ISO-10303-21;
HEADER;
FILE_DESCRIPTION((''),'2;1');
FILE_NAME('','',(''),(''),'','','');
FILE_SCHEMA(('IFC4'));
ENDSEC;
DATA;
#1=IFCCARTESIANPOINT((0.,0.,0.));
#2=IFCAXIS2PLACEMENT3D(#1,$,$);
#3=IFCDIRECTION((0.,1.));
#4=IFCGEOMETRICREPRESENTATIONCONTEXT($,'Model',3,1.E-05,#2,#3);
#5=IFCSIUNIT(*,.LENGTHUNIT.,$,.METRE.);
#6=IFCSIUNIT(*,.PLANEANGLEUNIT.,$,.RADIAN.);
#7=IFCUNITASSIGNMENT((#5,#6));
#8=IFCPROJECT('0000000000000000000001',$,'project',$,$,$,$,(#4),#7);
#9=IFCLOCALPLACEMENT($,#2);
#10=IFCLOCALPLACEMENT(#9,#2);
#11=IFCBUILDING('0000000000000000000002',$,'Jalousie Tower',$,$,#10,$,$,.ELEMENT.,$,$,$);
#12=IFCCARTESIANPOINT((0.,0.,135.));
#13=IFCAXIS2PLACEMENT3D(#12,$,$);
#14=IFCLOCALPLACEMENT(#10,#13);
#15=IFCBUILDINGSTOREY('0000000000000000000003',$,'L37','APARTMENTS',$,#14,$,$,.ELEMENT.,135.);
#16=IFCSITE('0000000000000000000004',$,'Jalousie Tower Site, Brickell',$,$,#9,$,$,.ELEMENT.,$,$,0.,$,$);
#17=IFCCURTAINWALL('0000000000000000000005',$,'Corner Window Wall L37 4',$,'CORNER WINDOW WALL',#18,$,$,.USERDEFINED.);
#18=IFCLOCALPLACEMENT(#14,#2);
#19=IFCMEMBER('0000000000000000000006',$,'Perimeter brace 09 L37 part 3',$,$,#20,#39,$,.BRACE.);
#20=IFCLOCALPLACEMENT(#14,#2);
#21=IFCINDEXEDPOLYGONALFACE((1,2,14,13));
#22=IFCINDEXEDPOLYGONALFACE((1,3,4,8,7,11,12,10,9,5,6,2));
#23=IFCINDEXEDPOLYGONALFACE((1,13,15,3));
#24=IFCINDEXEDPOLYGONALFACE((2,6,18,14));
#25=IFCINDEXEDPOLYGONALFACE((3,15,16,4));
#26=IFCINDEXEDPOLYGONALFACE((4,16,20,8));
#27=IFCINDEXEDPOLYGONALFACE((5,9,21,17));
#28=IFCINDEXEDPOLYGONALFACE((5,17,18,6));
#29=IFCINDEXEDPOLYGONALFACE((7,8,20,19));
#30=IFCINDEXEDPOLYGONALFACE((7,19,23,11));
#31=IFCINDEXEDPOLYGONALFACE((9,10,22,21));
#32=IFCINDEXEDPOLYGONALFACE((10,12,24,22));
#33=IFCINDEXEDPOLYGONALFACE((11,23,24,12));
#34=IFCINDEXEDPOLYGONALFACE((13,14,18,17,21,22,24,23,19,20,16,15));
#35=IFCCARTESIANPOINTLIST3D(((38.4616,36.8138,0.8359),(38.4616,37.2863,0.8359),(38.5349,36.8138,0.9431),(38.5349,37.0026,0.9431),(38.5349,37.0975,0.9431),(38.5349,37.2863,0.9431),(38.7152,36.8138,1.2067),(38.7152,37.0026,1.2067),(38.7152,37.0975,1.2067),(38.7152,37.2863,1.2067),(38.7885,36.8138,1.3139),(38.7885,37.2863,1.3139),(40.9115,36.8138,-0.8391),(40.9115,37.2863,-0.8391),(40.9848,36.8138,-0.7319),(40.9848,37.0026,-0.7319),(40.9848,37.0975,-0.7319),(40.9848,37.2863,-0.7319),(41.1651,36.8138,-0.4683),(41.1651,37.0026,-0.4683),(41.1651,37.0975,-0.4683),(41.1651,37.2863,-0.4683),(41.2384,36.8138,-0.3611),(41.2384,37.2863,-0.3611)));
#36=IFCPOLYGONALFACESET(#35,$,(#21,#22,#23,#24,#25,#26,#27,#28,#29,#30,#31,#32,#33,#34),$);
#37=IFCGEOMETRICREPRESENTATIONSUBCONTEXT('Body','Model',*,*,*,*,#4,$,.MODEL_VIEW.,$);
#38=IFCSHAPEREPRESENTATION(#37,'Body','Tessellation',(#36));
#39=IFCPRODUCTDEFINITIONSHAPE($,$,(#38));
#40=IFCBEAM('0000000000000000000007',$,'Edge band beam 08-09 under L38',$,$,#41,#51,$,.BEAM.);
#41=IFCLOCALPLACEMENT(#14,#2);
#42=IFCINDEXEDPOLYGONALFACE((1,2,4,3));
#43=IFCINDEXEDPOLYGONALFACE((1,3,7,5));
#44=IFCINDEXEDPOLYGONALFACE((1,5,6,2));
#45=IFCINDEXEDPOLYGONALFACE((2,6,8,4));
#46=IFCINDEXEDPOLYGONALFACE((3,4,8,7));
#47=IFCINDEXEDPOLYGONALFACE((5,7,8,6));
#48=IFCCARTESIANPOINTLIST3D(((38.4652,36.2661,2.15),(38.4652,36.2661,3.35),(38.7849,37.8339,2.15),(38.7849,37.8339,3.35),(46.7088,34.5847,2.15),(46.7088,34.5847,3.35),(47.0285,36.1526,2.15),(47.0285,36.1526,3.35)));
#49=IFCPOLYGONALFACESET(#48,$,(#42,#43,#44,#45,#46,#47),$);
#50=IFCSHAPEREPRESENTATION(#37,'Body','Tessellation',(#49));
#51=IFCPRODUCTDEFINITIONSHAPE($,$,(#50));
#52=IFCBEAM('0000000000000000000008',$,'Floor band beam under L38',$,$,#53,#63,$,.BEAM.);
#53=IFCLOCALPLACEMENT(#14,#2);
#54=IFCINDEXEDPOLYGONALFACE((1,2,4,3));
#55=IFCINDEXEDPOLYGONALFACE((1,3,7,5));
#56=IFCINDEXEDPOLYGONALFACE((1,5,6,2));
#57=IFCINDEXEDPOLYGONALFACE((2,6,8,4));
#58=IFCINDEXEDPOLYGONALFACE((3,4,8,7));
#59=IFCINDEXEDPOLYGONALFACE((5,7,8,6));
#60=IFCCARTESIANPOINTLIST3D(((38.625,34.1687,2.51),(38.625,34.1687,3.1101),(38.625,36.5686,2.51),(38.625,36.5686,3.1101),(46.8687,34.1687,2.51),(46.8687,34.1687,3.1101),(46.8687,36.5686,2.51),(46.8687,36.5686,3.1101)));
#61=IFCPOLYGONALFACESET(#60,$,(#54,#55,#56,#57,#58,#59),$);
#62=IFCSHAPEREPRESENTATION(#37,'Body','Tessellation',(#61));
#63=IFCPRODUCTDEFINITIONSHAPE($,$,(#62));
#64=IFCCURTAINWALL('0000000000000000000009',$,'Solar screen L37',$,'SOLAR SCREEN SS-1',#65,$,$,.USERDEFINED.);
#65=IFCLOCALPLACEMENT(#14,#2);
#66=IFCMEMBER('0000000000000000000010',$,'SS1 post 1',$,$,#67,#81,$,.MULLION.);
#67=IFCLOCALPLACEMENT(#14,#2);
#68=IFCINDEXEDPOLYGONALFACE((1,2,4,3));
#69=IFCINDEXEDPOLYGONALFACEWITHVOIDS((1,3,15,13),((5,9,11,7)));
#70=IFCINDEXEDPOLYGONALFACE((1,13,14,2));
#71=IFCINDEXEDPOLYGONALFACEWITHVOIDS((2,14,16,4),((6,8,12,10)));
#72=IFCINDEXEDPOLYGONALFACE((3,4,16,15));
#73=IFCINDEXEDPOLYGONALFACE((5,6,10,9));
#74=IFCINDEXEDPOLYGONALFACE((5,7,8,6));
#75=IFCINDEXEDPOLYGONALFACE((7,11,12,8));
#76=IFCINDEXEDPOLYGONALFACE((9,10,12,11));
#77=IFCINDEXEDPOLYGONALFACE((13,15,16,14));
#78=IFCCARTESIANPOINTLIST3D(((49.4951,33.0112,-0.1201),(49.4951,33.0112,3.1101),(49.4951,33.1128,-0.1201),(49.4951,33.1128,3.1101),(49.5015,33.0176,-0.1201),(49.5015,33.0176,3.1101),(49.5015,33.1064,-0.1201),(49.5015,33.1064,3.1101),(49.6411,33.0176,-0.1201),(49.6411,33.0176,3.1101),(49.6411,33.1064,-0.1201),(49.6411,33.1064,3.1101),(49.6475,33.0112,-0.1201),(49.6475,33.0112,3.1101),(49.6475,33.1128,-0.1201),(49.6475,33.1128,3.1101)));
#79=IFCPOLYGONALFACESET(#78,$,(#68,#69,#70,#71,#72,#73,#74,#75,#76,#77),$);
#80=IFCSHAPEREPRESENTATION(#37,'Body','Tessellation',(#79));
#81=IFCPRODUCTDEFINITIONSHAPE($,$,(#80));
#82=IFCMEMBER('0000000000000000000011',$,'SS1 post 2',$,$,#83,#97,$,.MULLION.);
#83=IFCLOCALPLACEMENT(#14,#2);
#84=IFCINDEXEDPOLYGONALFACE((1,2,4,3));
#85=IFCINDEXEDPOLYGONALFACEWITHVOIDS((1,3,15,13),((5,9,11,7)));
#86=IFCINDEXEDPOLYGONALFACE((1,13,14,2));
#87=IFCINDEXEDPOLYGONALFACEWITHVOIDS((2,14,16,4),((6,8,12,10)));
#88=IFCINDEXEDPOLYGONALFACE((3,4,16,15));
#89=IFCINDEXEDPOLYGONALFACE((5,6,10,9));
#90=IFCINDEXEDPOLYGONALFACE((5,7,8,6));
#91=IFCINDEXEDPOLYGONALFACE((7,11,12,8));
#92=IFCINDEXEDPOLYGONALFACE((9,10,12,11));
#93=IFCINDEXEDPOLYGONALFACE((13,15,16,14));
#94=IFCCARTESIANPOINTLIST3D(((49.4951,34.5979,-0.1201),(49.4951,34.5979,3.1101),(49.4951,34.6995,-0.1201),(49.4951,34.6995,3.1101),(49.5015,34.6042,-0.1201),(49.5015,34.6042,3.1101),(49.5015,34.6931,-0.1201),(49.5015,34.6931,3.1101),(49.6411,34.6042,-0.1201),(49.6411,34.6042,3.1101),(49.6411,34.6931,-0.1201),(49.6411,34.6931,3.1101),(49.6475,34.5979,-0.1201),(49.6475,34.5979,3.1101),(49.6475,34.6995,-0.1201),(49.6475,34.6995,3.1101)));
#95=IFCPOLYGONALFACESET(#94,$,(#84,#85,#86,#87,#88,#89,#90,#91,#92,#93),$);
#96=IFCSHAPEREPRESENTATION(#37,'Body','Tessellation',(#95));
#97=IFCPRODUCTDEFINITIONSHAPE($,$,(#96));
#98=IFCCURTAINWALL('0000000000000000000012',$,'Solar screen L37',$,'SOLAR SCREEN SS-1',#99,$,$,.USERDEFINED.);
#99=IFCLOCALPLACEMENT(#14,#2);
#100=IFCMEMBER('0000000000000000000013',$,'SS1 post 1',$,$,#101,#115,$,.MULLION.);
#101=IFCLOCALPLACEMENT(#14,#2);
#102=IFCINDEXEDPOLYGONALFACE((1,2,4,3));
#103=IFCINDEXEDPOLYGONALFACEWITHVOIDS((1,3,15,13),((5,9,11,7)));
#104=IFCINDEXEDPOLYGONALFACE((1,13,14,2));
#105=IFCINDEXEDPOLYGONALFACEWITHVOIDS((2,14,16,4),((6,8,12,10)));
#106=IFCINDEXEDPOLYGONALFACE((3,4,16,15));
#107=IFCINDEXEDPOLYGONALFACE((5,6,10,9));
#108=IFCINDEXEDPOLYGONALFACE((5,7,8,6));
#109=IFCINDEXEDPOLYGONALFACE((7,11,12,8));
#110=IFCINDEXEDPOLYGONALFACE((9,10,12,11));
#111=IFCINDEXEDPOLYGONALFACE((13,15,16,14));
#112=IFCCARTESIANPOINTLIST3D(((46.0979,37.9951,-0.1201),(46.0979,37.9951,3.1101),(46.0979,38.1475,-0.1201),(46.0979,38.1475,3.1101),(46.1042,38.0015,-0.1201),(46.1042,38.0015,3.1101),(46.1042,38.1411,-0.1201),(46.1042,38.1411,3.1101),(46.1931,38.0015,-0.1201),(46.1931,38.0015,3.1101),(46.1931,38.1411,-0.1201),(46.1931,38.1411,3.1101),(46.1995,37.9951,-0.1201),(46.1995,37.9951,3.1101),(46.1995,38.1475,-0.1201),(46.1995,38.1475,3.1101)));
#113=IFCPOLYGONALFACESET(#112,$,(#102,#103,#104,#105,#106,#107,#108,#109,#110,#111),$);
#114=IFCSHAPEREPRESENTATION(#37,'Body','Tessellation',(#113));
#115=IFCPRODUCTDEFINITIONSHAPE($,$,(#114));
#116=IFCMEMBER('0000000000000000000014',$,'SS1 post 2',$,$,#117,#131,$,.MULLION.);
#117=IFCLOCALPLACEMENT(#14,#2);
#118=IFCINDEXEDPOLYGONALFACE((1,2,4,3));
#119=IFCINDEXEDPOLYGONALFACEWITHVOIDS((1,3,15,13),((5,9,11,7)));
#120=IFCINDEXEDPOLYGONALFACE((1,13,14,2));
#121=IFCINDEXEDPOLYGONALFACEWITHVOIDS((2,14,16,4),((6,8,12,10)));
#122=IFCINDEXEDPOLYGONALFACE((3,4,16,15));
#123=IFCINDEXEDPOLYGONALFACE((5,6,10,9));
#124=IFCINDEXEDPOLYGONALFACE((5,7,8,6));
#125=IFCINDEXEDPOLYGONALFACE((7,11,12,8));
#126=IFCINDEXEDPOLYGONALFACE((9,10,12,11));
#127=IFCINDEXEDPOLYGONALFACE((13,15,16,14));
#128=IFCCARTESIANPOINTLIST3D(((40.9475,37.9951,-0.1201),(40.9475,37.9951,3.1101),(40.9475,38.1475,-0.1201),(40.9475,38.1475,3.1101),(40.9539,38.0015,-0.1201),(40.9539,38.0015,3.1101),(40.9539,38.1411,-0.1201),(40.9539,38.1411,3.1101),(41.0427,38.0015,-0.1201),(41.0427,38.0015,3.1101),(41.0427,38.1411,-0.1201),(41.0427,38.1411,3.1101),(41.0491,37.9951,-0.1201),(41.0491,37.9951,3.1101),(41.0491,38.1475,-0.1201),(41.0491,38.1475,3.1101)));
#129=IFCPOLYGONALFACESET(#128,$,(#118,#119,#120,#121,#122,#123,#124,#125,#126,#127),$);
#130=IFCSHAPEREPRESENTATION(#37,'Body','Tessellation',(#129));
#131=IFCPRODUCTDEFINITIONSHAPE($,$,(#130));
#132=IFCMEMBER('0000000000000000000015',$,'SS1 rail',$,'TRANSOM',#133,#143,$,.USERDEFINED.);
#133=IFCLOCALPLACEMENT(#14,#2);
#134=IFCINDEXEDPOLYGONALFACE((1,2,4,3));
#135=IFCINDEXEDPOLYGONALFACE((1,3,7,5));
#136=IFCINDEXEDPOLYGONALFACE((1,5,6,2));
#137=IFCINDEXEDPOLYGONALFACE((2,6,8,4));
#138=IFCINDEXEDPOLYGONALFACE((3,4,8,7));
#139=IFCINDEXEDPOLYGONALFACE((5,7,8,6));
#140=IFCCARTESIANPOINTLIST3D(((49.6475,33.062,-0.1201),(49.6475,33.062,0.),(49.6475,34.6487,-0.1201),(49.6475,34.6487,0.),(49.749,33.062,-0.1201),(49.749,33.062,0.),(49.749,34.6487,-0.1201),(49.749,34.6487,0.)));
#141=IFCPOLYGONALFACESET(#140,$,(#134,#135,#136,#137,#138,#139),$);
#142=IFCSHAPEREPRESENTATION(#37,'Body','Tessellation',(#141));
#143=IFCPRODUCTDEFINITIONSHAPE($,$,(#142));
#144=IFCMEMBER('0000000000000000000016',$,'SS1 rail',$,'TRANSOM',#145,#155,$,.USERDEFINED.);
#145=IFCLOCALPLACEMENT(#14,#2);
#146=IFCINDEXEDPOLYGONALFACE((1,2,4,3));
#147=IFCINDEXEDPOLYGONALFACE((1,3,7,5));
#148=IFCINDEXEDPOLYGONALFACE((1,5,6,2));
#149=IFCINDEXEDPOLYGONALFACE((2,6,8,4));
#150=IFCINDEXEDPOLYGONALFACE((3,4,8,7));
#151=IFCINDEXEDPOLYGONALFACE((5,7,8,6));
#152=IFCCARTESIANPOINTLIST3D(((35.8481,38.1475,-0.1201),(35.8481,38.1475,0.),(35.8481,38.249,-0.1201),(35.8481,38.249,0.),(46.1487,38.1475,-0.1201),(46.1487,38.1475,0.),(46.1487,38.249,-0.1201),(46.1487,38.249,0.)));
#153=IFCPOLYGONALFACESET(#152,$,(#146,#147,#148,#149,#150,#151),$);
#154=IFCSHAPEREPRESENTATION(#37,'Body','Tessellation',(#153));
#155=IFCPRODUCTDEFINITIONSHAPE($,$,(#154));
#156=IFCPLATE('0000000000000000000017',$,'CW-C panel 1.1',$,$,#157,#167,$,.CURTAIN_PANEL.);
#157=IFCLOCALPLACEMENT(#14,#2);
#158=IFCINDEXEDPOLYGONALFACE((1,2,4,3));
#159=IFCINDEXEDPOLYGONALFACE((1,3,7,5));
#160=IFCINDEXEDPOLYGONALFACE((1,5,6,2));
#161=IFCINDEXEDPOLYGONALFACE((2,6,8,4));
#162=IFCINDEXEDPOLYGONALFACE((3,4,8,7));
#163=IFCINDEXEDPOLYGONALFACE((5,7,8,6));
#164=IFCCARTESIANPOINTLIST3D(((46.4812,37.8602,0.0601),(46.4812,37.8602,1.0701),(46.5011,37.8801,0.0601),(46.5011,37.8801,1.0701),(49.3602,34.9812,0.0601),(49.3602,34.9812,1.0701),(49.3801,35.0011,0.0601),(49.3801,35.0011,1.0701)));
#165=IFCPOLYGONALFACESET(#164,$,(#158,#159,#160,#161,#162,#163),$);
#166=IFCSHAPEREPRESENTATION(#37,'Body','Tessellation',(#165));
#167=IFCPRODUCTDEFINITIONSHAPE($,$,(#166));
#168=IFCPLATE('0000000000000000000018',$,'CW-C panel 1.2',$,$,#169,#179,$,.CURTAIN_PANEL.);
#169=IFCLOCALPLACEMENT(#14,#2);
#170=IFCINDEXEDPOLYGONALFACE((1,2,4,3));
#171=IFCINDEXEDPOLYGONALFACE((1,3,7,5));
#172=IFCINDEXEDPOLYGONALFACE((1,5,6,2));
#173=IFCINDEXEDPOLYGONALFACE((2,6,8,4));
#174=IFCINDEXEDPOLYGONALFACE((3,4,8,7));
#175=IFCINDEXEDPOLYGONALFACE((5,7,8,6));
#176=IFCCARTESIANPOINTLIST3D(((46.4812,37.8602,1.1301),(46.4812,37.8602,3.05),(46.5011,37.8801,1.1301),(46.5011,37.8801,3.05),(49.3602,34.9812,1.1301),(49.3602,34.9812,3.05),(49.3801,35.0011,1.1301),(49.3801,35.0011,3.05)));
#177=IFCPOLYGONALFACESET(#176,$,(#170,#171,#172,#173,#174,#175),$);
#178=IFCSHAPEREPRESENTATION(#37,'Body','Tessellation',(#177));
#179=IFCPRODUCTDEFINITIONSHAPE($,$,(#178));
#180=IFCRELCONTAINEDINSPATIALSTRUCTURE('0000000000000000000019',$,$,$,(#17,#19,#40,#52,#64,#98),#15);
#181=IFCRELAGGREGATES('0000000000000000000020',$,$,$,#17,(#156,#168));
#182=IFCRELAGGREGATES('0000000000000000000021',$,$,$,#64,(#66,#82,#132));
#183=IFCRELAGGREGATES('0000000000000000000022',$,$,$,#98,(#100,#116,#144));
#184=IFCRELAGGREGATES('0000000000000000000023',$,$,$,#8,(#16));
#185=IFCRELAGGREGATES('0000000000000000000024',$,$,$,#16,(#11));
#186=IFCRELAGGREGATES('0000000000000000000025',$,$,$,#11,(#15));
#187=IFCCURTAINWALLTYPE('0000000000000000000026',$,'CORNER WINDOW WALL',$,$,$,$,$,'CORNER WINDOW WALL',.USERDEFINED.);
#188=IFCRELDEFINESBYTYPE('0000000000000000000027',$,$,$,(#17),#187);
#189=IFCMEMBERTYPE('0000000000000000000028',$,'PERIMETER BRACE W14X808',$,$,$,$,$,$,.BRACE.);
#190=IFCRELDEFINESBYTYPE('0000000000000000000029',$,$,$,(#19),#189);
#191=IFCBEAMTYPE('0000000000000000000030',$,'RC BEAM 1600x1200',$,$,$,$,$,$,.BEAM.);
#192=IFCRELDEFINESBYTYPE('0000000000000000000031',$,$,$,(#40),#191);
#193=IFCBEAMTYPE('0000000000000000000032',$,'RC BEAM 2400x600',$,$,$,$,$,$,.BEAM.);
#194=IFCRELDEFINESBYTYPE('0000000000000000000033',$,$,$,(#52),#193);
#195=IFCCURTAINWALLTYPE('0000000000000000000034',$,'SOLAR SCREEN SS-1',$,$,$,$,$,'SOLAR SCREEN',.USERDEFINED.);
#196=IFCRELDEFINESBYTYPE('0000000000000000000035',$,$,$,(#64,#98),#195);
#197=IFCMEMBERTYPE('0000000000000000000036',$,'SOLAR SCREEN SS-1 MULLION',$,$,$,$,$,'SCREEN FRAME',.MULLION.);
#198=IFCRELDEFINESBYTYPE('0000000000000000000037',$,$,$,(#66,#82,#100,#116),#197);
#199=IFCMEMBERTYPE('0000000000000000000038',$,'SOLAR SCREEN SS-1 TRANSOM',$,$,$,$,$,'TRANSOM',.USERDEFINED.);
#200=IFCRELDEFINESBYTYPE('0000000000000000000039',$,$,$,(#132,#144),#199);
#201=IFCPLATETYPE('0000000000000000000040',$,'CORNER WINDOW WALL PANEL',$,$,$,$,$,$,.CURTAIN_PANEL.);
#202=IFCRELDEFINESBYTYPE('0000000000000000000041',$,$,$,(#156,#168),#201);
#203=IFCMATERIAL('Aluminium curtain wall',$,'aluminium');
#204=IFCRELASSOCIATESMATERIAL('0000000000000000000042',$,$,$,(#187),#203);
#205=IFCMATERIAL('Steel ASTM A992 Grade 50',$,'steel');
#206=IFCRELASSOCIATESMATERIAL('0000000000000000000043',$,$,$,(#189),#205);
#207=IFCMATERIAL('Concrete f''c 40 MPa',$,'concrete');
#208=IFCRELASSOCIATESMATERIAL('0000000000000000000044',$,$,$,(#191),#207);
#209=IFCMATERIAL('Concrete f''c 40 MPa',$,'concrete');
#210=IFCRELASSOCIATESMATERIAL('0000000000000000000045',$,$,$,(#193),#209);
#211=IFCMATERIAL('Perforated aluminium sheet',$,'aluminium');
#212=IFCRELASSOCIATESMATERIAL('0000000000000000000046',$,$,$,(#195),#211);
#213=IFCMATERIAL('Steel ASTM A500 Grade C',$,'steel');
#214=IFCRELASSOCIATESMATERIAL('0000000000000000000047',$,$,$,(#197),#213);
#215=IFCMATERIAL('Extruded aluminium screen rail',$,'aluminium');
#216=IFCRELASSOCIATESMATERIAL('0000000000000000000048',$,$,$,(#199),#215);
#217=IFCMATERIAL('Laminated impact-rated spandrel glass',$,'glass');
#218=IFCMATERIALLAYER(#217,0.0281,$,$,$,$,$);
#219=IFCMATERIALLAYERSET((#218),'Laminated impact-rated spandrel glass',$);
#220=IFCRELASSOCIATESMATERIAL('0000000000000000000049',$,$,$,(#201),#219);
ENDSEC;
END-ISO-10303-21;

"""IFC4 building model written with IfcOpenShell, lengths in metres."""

from ifc_helpers import new_model, si_unit, direction, frame, origin, origin_2d, place, context, subcontext, project, spatial, rectangle, hollow_rectangle, i_section, extrude, material, layer, layer_set, material_profile, profile_set, type_object, element, aggregate, save


model = new_model("IFC4")

# Units and contexts
model_context = context("Model", 3, precision=1e-05, world=origin(), true_north=direction((0.0, 1.0)))
body_context = subcontext(model_context, "Body", "Model", "MODEL_VIEW")
ifc_project = project(units=[si_unit("LENGTHUNIT", "METRE"), si_unit("PLANEANGLEUNIT", "RADIAN")], contexts=[model_context])

# Site, building, storey
site_placement = place(None, origin())
site = spatial("IfcSite", under=ifc_project, at=site_placement, Name="Jalousie Tower Site, Brickell", CompositionType="ELEMENT", RefElevation=0.0)
building_placement = place(site_placement, origin())
building = spatial("IfcBuilding", under=site, at=building_placement, Name="Jalousie Tower", CompositionType="ELEMENT")
storey_placement = place(building_placement, frame((0.0, 0.0, 135.0)))
storey = spatial("IfcBuildingStorey", under=building, at=storey_placement, Name="L37", Description="APARTMENTS", CompositionType="ELEMENT", Elevation=135.0)

# Curtain wall
ifc_material_1 = material(Name="Aluminium curtain wall", Category="aluminium")
curtain_wall_type_1 = type_object("IfcCurtainWallType", Name="CORNER WINDOW WALL", ElementType="CORNER WINDOW WALL", PredefinedType="USERDEFINED", material=ifc_material_1)
curtain_wall_1_placement = place(storey_placement, origin())
curtain_wall_1 = element("IfcCurtainWall", 1, at=curtain_wall_1_placement, inside=storey, type_object=curtain_wall_type_1, Name="Corner Window Wall L37 4", ObjectType="CORNER WINDOW WALL", PredefinedType="USERDEFINED")

# Member
ifc_material_2 = material(Name="Steel ASTM A992 Grade 50", Category="steel")
ifc_material_profile_1 = material_profile(ifc_material_2, i_section(OverallWidth=0.4724, OverallDepth=0.5791, WebThickness=0.095, FlangeThickness=0.1299, at=origin_2d()), Name="W14X808")
ifc_profile_set_1 = profile_set([ifc_material_profile_1], Name="Steel ASTM A992 Grade 50")
member_type_1 = type_object("IfcMemberType", Name="PERIMETER BRACE W14X808", PredefinedType="BRACE", material=ifc_profile_set_1)
member_1_placement = place(storey_placement, frame((41.075, 37.05, -0.6001), z_axis=(-0.825501, 0.0, 0.564401), x_axis=(0.0, -1.0, 0.0)))
element("IfcMember", 2, at=member_1_placement, inside=storey, type_object=member_type_1, Name="Perimeter brace 09 L37 part 3", PredefinedType="BRACE", context=body_context, shape_type="SweptSolid", body=[
    extrude(i_section(OverallWidth=0.4724, OverallDepth=0.5791, WebThickness=0.095, FlangeThickness=0.1299, at=origin_2d()), origin(), (0.0, 0.0, 1.0), 2.9678),
])

# Beams
ifc_material_3 = material(Name="Concrete f'c 40 MPa", Category="concrete")
ifc_material_profile_2 = material_profile(ifc_material_3, rectangle(XDim=1.6001, YDim=1.2, at=origin_2d()), Name="RC 1600x1200")
ifc_profile_set_2 = profile_set([ifc_material_profile_2], Name="Concrete f'c 40 MPa")
beam_type_1 = type_object("IfcBeamType", Name="RC BEAM 1600x1200", PredefinedType="BEAM", material=ifc_profile_set_2)
beam_1_placement = place(storey_placement, frame((46.8687, 35.3687, 2.75), z_axis=(-0.979827, 0.199848, 0.0), x_axis=(-0.199848, -0.979827, 0.0)))
element("IfcBeam", 3, at=beam_1_placement, inside=storey, type_object=beam_type_1, Name="Edge band beam 08-09 under L38", PredefinedType="BEAM", context=body_context, shape_type="SweptSolid", body=[
    extrude(rectangle(XDim=1.6001, YDim=1.2, at=origin_2d()), origin(), (0.0, 0.0, 1.0), 8.4133),
])
ifc_material_4 = material(Name="Concrete f'c 40 MPa", Category="concrete")
ifc_material_profile_3 = material_profile(ifc_material_4, rectangle(XDim=2.3999, YDim=0.6001, at=origin_2d()), Name="RC 2400x600")
ifc_profile_set_3 = profile_set([ifc_material_profile_3], Name="Concrete f'c 40 MPa")
beam_type_2 = type_object("IfcBeamType", Name="RC BEAM 2400x600", PredefinedType="BEAM", material=ifc_profile_set_3)
beam_2_placement = place(storey_placement, frame((46.8687, 35.3687, 2.8101), z_axis=(-1.0, 0.0, 0.0), x_axis=(0.0, -1.0, 0.0)))
element("IfcBeam", 4, at=beam_2_placement, inside=storey, type_object=beam_type_2, Name="Floor band beam under L38", PredefinedType="BEAM", context=body_context, shape_type="SweptSolid", body=[
    extrude(rectangle(XDim=2.3999, YDim=0.6001, at=origin_2d()), origin(), (0.0, 0.0, 1.0), 8.2437),
])

# Curtain walls, members
ifc_material_5 = material(Name="Perforated aluminium sheet", Category="aluminium")
curtain_wall_type_2 = type_object("IfcCurtainWallType", Name="SOLAR SCREEN SS-1", ElementType="SOLAR SCREEN", PredefinedType="USERDEFINED", material=ifc_material_5)
curtain_wall_2_placement = place(storey_placement, origin())
curtain_wall_2 = element("IfcCurtainWall", 5, at=curtain_wall_2_placement, inside=storey, type_object=curtain_wall_type_2, Name="Solar screen L37", ObjectType="SOLAR SCREEN SS-1", PredefinedType="USERDEFINED")
ifc_material_6 = material(Name="Steel ASTM A500 Grade C", Category="steel")
ifc_material_profile_4 = material_profile(ifc_material_6, hollow_rectangle(XDim=0.1016, YDim=0.1523, WallThickness=0.0063, at=origin_2d()), Name="HSS6X4X1/4")
ifc_profile_set_4 = profile_set([ifc_material_profile_4], Name="Steel ASTM A500 Grade C")
member_type_2 = type_object("IfcMemberType", Name="SOLAR SCREEN SS-1 MULLION", ElementType="SCREEN FRAME", PredefinedType="MULLION", material=ifc_profile_set_4)
member_2_placement = place(storey_placement, frame((49.5713, 33.062, -0.1201), z_axis=(0.0, 0.0, 1.0), x_axis=(0.0, 1.0, 0.0)))
member_2 = element("IfcMember", 6, at=member_2_placement, type_object=member_type_2, Name="SS1 post 1", PredefinedType="MULLION", context=body_context, shape_type="SweptSolid", body=[
    extrude(hollow_rectangle(XDim=0.1016, YDim=0.1523, WallThickness=0.0063, at=origin_2d()), origin(), (0.0, 0.0, 1.0), 3.2302),
])
member_3_placement = place(storey_placement, frame((49.5713, 34.6487, -0.1201), z_axis=(0.0, 0.0, 1.0), x_axis=(0.0, 1.0, 0.0)))
member_3 = element("IfcMember", 7, at=member_3_placement, type_object=member_type_2, Name="SS1 post 2", PredefinedType="MULLION", context=body_context, shape_type="SweptSolid", body=[
    extrude(hollow_rectangle(XDim=0.1016, YDim=0.1523, WallThickness=0.0063, at=origin_2d()), origin(), (0.0, 0.0, 1.0), 3.2302),
])
curtain_wall_3_placement = place(storey_placement, origin())
curtain_wall_3 = element("IfcCurtainWall", 8, at=curtain_wall_3_placement, inside=storey, type_object=curtain_wall_type_2, Name="Solar screen L37", ObjectType="SOLAR SCREEN SS-1", PredefinedType="USERDEFINED")
member_4_placement = place(storey_placement, frame((46.1487, 38.0713, -0.1201), z_axis=(0.0, 0.0, 1.0), x_axis=(-1.0, 0.0, 0.0)))
member_4 = element("IfcMember", 9, at=member_4_placement, type_object=member_type_2, Name="SS1 post 1", PredefinedType="MULLION", context=body_context, shape_type="SweptSolid", body=[
    extrude(hollow_rectangle(XDim=0.1016, YDim=0.1523, WallThickness=0.0063, at=origin_2d()), origin(), (0.0, 0.0, 1.0), 3.2302),
])
member_5_placement = place(storey_placement, frame((40.9983, 38.0713, -0.1201), z_axis=(0.0, 0.0, 1.0), x_axis=(-1.0, 0.0, 0.0)))
member_5 = element("IfcMember", 10, at=member_5_placement, type_object=member_type_2, Name="SS1 post 2", PredefinedType="MULLION", context=body_context, shape_type="SweptSolid", body=[
    extrude(hollow_rectangle(XDim=0.1016, YDim=0.1523, WallThickness=0.0063, at=origin_2d()), origin(), (0.0, 0.0, 1.0), 3.2302),
])

# Members
ifc_material_7 = material(Name="Extruded aluminium screen rail", Category="aluminium")
ifc_material_profile_5 = material_profile(ifc_material_7, rectangle(XDim=0.1016, YDim=0.1201, at=origin_2d()), Name="RAIL 102x120")
ifc_profile_set_5 = profile_set([ifc_material_profile_5], Name="Extruded aluminium screen rail")
member_type_3 = type_object("IfcMemberType", Name="SOLAR SCREEN SS-1 TRANSOM", ElementType="TRANSOM", PredefinedType="USERDEFINED", material=ifc_profile_set_5)
member_6_placement = place(storey_placement, frame((49.6982, 33.062, -0.0601), z_axis=(0.0, 1.0, 0.0), x_axis=(-1.0, 0.0, 0.0)))
member_6 = element("IfcMember", 11, at=member_6_placement, type_object=member_type_3, Name="SS1 rail", ObjectType="TRANSOM", PredefinedType="USERDEFINED", context=body_context, shape_type="SweptSolid", body=[
    extrude(rectangle(XDim=0.1016, YDim=0.1201, at=origin_2d()), origin(), (0.0, 0.0, 1.0), 1.5867),
])
member_7_placement = place(storey_placement, frame((46.1487, 38.1982, -0.0601), z_axis=(-1.0, 0.0, 0.0), x_axis=(0.0, -1.0, 0.0)))
member_7 = element("IfcMember", 12, at=member_7_placement, type_object=member_type_3, Name="SS1 rail", ObjectType="TRANSOM", PredefinedType="USERDEFINED", context=body_context, shape_type="SweptSolid", body=[
    extrude(rectangle(XDim=0.1016, YDim=0.1201, at=origin_2d()), origin(), (0.0, 0.0, 1.0), 10.3005),
])

# Plates
ifc_material_8 = material(Name="Laminated impact-rated spandrel glass", Category="glass")
ifc_layer_1 = layer(ifc_material_8, 0.0281)
ifc_layer_set_1 = layer_set([ifc_layer_1], Name="Laminated impact-rated spandrel glass")
plate_type_1 = type_object("IfcPlateType", Name="CORNER WINDOW WALL PANEL", PredefinedType="CURTAIN_PANEL", material=ifc_layer_set_1)
plate_1_placement = place(storey_placement, frame((47.9307, 36.4307, 0.0601), z_axis=(0.0, 0.0, 1.0), x_axis=(-0.707107, 0.707107, 0.0)))
plate_1 = element("IfcPlate", 13, at=plate_1_placement, type_object=plate_type_1, Name="CW-C panel 1.1", PredefinedType="CURTAIN_PANEL", context=body_context, shape_type="SweptSolid", body=[
    extrude(rectangle(XDim=4.0715, YDim=0.0281, at=origin_2d()), origin(), (0.0, 0.0, 1.0), 1.01),
])
plate_2_placement = place(storey_placement, frame((47.9307, 36.4307, 1.1301), z_axis=(0.0, 0.0, 1.0), x_axis=(-0.707107, 0.707107, 0.0)))
plate_2 = element("IfcPlate", 14, at=plate_2_placement, type_object=plate_type_1, Name="CW-C panel 1.2", PredefinedType="CURTAIN_PANEL", context=body_context, shape_type="SweptSolid", body=[
    extrude(rectangle(XDim=4.0715, YDim=0.0281, at=origin_2d()), origin(), (0.0, 0.0, 1.0), 1.9199),
])
aggregate(curtain_wall_1, [plate_1, plate_2])
aggregate(curtain_wall_2, [member_2, member_3, member_6])
aggregate(curtain_wall_3, [member_4, member_5, member_7])

save(model, "model.ifc")
